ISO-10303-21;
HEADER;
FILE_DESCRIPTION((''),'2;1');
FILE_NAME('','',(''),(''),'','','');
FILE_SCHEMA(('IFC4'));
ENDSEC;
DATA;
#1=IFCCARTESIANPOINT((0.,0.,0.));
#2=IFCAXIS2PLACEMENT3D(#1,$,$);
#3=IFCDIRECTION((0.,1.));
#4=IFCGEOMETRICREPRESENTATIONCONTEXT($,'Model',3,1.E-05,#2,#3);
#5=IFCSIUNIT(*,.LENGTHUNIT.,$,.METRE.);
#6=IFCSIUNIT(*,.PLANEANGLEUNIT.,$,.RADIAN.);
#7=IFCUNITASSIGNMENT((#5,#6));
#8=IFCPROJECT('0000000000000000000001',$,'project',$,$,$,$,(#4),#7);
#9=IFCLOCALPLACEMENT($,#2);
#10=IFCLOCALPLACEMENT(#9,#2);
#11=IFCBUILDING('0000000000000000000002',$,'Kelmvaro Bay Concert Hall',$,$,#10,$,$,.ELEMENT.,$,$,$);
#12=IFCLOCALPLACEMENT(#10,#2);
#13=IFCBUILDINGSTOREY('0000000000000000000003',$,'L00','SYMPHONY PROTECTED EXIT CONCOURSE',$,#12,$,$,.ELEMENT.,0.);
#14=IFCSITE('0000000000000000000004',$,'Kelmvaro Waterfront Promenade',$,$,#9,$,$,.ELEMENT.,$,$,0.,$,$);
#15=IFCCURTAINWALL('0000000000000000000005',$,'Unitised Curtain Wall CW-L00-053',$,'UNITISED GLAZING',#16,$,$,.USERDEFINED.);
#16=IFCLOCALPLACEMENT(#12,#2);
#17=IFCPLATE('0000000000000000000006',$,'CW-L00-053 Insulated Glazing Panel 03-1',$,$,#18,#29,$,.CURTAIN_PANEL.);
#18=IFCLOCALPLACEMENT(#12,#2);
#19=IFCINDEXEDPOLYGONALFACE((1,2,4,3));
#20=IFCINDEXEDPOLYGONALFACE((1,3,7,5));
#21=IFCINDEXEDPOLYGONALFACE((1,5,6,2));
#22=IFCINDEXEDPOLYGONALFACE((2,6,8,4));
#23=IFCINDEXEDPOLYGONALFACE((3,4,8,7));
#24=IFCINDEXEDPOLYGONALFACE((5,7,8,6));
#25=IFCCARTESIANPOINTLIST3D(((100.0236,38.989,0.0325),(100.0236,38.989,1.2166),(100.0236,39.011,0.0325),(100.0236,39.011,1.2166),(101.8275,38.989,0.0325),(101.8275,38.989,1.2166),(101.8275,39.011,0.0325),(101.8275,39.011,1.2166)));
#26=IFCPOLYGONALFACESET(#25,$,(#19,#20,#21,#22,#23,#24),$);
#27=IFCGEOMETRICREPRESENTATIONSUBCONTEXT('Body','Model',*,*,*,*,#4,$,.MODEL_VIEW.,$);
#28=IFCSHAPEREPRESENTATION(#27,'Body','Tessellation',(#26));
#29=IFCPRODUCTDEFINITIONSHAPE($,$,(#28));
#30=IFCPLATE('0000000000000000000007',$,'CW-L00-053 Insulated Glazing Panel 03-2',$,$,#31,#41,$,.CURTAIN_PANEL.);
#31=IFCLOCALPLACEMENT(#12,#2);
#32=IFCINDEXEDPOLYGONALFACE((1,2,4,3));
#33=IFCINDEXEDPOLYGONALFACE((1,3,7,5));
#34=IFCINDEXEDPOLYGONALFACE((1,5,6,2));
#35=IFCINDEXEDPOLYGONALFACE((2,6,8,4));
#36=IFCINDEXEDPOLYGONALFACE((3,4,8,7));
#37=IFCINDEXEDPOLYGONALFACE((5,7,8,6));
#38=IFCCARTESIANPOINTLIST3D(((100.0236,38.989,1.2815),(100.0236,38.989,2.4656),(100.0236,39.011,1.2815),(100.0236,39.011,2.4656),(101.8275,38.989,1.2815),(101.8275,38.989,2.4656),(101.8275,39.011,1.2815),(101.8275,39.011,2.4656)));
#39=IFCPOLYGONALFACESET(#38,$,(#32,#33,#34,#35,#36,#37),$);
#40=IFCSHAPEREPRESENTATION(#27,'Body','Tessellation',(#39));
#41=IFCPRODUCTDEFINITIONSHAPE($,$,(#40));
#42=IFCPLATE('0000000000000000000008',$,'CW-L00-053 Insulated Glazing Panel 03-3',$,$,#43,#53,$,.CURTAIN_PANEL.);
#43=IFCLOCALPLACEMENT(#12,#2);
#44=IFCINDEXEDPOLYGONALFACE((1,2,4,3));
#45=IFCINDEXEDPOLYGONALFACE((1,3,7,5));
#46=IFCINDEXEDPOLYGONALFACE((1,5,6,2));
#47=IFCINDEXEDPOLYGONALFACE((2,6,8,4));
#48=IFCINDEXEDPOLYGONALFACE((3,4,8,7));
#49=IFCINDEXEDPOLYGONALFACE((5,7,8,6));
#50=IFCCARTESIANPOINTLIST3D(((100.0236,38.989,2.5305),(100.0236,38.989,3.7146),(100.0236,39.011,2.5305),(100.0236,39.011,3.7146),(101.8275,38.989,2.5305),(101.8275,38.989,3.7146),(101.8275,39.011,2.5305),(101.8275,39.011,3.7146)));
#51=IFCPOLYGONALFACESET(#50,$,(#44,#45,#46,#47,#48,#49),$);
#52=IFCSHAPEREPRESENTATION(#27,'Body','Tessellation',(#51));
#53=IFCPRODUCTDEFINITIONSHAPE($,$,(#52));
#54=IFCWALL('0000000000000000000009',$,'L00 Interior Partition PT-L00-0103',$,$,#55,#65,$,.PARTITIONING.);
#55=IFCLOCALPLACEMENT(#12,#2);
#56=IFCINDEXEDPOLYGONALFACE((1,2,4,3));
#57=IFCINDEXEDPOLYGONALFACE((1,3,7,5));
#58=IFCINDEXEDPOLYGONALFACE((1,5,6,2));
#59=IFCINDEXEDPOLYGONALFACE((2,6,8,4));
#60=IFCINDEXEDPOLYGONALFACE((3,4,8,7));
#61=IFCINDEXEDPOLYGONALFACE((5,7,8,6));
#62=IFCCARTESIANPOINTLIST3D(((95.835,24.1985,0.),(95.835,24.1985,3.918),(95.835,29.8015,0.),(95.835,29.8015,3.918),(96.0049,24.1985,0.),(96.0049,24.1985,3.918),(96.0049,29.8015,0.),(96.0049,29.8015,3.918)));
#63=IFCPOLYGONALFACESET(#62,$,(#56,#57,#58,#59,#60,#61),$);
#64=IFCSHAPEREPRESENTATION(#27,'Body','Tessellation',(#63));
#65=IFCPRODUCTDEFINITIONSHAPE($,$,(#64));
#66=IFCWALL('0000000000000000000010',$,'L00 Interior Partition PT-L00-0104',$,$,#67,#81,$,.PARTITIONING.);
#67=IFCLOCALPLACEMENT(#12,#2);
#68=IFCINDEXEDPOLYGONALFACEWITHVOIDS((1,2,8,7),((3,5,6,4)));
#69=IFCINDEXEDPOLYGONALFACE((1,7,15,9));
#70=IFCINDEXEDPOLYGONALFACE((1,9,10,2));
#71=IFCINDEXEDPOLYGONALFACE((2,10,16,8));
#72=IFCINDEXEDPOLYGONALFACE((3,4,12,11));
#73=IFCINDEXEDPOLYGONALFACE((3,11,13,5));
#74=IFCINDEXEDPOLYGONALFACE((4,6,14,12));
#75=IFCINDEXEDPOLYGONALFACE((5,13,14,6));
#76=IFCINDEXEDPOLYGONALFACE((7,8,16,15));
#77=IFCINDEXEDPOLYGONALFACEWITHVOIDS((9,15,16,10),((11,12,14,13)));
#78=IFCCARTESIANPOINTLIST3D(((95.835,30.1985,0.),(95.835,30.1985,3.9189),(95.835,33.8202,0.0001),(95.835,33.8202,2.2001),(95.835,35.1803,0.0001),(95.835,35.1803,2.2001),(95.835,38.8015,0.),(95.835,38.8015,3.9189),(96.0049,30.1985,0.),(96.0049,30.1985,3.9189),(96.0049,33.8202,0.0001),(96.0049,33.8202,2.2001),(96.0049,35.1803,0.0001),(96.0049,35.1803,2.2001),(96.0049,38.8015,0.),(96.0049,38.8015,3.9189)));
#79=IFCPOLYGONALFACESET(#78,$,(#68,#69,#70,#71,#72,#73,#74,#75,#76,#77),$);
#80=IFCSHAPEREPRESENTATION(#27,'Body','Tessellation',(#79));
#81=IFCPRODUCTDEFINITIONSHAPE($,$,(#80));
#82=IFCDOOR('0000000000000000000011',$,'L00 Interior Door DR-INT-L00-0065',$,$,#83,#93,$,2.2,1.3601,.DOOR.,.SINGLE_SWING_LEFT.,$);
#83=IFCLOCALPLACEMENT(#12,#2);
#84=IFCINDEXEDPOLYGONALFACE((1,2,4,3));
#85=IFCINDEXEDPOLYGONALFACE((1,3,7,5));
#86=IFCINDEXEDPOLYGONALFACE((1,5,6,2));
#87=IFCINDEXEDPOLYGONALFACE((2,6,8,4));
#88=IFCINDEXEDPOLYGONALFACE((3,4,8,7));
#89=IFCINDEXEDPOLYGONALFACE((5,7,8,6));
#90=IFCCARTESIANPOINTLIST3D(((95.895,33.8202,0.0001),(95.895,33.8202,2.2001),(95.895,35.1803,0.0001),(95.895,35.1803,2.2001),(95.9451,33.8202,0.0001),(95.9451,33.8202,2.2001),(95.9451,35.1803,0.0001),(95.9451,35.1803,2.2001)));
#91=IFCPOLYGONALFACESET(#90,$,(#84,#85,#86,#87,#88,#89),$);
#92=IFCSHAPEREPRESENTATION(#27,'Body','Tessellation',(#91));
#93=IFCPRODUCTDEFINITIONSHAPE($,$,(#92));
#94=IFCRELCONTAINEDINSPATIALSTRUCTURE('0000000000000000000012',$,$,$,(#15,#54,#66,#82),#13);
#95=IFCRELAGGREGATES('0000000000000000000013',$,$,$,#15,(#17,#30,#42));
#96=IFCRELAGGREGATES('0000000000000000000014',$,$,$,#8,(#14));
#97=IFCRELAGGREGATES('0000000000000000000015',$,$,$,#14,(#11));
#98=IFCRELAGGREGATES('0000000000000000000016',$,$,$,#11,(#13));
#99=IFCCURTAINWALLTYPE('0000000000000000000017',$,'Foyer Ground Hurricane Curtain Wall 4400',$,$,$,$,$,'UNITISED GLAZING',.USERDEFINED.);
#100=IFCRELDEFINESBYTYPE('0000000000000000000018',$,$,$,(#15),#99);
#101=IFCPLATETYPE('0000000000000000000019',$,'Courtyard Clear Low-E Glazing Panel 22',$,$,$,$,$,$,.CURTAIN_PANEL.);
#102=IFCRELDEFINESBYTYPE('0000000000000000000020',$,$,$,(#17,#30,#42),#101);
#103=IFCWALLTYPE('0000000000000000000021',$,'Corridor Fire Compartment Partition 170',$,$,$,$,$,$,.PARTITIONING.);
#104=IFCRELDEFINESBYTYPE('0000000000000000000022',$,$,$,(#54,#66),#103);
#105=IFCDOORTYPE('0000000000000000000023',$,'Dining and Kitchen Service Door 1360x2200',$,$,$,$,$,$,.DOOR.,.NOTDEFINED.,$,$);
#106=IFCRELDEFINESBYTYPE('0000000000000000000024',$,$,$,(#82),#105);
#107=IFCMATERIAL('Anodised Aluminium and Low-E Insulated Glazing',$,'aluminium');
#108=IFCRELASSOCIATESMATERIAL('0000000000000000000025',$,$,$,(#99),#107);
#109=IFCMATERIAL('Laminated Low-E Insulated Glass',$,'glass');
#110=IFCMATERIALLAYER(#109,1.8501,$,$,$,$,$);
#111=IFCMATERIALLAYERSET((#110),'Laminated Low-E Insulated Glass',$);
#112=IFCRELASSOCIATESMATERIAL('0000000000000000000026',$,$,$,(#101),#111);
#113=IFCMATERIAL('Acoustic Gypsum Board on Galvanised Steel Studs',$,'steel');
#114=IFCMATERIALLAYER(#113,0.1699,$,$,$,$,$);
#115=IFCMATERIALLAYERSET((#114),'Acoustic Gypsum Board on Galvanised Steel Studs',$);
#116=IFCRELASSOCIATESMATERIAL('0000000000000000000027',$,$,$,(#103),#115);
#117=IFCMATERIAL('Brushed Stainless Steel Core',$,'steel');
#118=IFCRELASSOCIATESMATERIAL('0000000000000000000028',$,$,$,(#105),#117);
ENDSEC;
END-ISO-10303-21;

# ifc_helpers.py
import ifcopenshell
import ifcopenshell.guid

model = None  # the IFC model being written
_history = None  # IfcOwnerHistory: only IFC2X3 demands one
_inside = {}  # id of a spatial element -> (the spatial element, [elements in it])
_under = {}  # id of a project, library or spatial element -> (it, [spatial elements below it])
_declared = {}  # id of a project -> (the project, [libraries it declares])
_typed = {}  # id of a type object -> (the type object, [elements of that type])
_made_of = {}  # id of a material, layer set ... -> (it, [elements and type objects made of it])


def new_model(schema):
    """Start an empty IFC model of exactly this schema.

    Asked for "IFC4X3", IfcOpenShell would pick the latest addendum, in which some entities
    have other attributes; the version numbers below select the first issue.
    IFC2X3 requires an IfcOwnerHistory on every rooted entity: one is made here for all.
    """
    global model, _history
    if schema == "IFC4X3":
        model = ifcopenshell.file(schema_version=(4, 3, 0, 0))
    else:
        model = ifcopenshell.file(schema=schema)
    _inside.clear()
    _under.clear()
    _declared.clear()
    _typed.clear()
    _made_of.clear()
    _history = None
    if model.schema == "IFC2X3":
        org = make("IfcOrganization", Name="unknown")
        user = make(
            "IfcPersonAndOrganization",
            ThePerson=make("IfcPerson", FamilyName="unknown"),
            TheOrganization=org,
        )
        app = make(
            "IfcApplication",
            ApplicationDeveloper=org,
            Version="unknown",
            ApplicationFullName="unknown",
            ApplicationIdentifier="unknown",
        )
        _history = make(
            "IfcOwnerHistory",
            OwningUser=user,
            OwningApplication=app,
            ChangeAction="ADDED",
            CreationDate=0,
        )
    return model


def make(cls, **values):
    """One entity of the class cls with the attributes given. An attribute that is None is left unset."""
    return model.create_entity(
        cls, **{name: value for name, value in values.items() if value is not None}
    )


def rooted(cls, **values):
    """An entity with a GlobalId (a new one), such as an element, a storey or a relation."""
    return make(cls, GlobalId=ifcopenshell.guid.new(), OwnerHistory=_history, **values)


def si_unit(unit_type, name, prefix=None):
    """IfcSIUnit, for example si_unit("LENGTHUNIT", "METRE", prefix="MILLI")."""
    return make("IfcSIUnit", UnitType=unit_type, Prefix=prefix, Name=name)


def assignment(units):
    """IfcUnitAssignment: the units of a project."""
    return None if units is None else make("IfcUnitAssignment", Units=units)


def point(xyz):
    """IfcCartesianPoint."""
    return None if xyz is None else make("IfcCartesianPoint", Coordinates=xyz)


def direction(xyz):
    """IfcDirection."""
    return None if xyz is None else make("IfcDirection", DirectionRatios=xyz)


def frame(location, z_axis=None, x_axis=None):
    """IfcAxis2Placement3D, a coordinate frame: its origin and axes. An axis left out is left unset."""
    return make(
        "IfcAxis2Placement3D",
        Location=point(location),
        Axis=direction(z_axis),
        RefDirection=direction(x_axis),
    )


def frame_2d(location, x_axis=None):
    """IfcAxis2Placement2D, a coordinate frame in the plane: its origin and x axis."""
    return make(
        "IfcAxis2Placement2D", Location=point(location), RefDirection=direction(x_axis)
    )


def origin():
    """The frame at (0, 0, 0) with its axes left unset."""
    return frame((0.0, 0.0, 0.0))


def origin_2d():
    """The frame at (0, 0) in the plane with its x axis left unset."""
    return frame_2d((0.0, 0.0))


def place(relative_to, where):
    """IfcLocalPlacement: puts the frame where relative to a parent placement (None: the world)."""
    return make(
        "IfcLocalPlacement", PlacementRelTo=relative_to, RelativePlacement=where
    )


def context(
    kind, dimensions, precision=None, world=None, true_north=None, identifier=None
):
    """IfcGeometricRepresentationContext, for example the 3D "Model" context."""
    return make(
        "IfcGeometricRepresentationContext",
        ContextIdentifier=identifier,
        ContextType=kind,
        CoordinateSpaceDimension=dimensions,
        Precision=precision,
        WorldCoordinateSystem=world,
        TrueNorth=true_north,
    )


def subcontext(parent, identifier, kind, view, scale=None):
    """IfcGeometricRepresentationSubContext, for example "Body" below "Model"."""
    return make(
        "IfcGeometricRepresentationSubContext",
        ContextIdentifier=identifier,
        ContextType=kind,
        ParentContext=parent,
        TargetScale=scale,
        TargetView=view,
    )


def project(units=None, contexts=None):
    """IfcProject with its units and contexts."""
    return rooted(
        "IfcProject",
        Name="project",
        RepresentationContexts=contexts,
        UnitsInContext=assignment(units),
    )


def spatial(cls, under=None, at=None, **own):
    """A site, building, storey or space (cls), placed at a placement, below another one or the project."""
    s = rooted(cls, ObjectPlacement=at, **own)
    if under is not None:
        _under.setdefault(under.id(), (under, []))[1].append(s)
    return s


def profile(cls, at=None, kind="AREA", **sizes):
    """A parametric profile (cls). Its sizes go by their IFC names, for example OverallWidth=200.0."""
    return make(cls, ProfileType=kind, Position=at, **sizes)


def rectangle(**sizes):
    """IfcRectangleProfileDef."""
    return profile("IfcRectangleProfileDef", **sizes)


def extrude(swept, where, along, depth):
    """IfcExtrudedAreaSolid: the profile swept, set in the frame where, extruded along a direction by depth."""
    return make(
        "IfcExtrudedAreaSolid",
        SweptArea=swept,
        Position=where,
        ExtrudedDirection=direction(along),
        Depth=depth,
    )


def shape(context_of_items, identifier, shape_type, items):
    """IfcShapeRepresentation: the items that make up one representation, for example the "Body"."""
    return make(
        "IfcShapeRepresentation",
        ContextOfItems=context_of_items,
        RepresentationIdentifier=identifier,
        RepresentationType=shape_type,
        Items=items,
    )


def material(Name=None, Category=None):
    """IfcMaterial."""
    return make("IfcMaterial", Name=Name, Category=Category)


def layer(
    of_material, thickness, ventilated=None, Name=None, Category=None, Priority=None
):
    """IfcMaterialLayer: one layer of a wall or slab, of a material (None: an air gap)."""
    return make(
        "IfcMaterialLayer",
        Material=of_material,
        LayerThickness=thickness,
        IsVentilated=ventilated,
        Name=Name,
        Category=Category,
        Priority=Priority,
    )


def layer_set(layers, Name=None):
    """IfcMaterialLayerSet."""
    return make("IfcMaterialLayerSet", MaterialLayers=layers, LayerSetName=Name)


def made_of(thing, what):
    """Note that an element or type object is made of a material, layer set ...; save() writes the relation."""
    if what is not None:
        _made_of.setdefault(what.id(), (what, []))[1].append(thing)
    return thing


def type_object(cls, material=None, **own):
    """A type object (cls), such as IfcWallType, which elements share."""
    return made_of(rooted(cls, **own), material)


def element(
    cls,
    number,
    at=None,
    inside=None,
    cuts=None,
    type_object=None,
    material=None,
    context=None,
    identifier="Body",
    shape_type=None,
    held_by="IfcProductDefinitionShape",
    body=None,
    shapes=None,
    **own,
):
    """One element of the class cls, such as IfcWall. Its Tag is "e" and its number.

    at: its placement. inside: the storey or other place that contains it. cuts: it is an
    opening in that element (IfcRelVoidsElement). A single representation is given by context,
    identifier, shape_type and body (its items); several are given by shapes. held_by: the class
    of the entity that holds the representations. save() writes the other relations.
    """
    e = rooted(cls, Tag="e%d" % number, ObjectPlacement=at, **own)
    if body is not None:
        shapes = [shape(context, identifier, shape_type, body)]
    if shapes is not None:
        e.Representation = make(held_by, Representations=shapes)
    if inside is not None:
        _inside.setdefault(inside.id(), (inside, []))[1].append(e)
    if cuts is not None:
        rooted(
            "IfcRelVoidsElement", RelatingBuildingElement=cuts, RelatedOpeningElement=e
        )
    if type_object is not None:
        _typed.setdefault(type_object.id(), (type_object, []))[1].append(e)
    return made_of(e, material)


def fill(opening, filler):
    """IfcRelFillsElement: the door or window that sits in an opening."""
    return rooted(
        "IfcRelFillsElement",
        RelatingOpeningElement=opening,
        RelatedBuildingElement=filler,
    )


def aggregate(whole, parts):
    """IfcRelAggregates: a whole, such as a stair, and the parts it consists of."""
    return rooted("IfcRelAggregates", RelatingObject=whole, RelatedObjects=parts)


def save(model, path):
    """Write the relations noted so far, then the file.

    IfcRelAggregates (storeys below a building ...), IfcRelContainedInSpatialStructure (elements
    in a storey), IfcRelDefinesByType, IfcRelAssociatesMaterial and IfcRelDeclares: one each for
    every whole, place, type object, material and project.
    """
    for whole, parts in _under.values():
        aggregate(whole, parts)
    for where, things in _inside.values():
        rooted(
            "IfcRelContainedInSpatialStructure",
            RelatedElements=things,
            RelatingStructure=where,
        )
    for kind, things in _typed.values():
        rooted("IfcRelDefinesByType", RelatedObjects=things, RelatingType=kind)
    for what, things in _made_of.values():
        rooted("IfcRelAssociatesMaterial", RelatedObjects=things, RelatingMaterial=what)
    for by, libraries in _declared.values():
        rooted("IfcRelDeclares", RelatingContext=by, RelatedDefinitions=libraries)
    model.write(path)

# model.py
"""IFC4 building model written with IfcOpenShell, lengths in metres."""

from ifc_helpers import new_model, si_unit, direction, frame, frame_2d, origin, origin_2d, place, context, subcontext, project, spatial, rectangle, extrude, material, layer, layer_set, type_object, element, fill, aggregate, save


model = new_model("IFC4")

# Units and contexts
model_context = context("Model", 3, precision=1e-05, world=origin(), true_north=direction((0.0, 1.0)))
body_context = subcontext(model_context, "Body", "Model", "MODEL_VIEW")
ifc_project = project(units=[si_unit("LENGTHUNIT", "METRE"), si_unit("PLANEANGLEUNIT", "RADIAN")], contexts=[model_context])

# Site, building, storey
site_placement = place(None, origin())
site = spatial("IfcSite", under=ifc_project, at=site_placement, Name="Kelmvaro Waterfront Promenade", CompositionType="ELEMENT", RefElevation=0.0)
building_placement = place(site_placement, origin())
building = spatial("IfcBuilding", under=site, at=building_placement, Name="Kelmvaro Bay Concert Hall", CompositionType="ELEMENT")
storey_placement = place(building_placement, origin())
storey = spatial("IfcBuildingStorey", under=building, at=storey_placement, Name="L00", Description="SYMPHONY PROTECTED EXIT CONCOURSE", CompositionType="ELEMENT", Elevation=0.0)

# Curtain wall, plates
ifc_material_1 = material(Name="Anodised Aluminium and Low-E Insulated Glazing", Category="aluminium")
curtain_wall_type = type_object("IfcCurtainWallType", Name="Foyer Ground Hurricane Curtain Wall 4400", ElementType="UNITISED GLAZING", PredefinedType="USERDEFINED", material=ifc_material_1)
curtain_wall_placement = place(storey_placement, origin())
curtain_wall = element("IfcCurtainWall", 1, at=curtain_wall_placement, inside=storey, type_object=curtain_wall_type, Name="Unitised Curtain Wall CW-L00-053", ObjectType="UNITISED GLAZING", PredefinedType="USERDEFINED")
ifc_material_2 = material(Name="Laminated Low-E Insulated Glass", Category="glass")
ifc_layer_1 = layer(ifc_material_2, 1.8501)
ifc_layer_set_1 = layer_set([ifc_layer_1], Name="Laminated Low-E Insulated Glass")
plate_type = type_object("IfcPlateType", Name="Courtyard Clear Low-E Glazing Panel 22", PredefinedType="CURTAIN_PANEL", material=ifc_layer_set_1)
plate_1_placement = place(storey_placement, frame((100.9255, 39.0, 0.0325), z_axis=(0.0, 0.0, 1.0), x_axis=(1.0, 0.0, 0.0)))
plate_1 = element("IfcPlate", 2, at=plate_1_placement, type_object=plate_type, Name="CW-L00-053 Insulated Glazing Panel 03-1", PredefinedType="CURTAIN_PANEL", context=body_context, shape_type="SweptSolid", body=[
    extrude(rectangle(XDim=1.804, YDim=0.022, at=origin_2d()), origin(), (0.0, 0.0, 1.0), 1.1841),
])
plate_2_placement = place(storey_placement, frame((100.9255, 39.0, 1.2815), z_axis=(0.0, 0.0, 1.0), x_axis=(1.0, 0.0, 0.0)))
plate_2 = element("IfcPlate", 3, at=plate_2_placement, type_object=plate_type, Name="CW-L00-053 Insulated Glazing Panel 03-2", PredefinedType="CURTAIN_PANEL", context=body_context, shape_type="SweptSolid", body=[
    extrude(rectangle(XDim=1.804, YDim=0.022, at=origin_2d()), origin(), (0.0, 0.0, 1.0), 1.1841),
])
plate_3_placement = place(storey_placement, frame((100.9255, 39.0, 2.5305), z_axis=(0.0, 0.0, 1.0), x_axis=(1.0, 0.0, 0.0)))
plate_3 = element("IfcPlate", 4, at=plate_3_placement, type_object=plate_type, Name="CW-L00-053 Insulated Glazing Panel 03-3", PredefinedType="CURTAIN_PANEL", context=body_context, shape_type="SweptSolid", body=[
    extrude(rectangle(XDim=1.804, YDim=0.022, at=origin_2d()), origin(), (0.0, 0.0, 1.0), 1.1841),
])
aggregate(curtain_wall, [plate_1, plate_2, plate_3])

# Wall
ifc_material_3 = material(Name="Acoustic Gypsum Board on Galvanised Steel Studs", Category="steel")
ifc_layer_2 = layer(ifc_material_3, 0.1699)
ifc_layer_set_2 = layer_set([ifc_layer_2], Name="Acoustic Gypsum Board on Galvanised Steel Studs")
wall_type = type_object("IfcWallType", Name="Corridor Fire Compartment Partition 170", PredefinedType="PARTITIONING", material=ifc_layer_set_2)
wall_1_placement = place(storey_placement, frame((95.9199, 24.1985, 0.0), z_axis=(0.0, 0.0, 1.0), x_axis=(0.0, 1.0, 0.0)))
element("IfcWall", 5, at=wall_1_placement, inside=storey, type_object=wall_type, Name="L00 Interior Partition PT-L00-0103", PredefinedType="PARTITIONING", context=body_context, shape_type="SweptSolid", body=[
    extrude(rectangle(XDim=5.603, YDim=0.1699, at=frame_2d((2.8015, 0.0))), origin(), (0.0, 0.0, 1.0), 3.918),
])

# Wall, opening, door
wall_2_placement = place(storey_placement, frame((95.9199, 30.1985, 0.0), z_axis=(0.0, 0.0, 1.0), x_axis=(0.0, 1.0, 0.0)))
wall_2 = element("IfcWall", 6, at=wall_2_placement, inside=storey, type_object=wall_type, Name="L00 Interior Partition PT-L00-0104", PredefinedType="PARTITIONING", context=body_context, shape_type="SweptSolid", body=[
    extrude(rectangle(XDim=8.603, YDim=0.1699, at=frame_2d((4.3015, 0.0))), origin(), (0.0, 0.0, 1.0), 3.9189),
])
opening_placement = place(wall_2_placement, frame((3.6216, 0.0, 0.0)))
opening = element("IfcOpeningElement", 7, at=opening_placement, cuts=wall_2, PredefinedType="OPENING", context=body_context, shape_type="SweptSolid", body=[
    extrude(rectangle(XDim=1.3601, YDim=2.2, at=frame_2d((0.6802, 1.1001))), frame((0.0, 0.095, 0.0), z_axis=(0.0, -1.0, 0.0), x_axis=(1.0, 0.0, 0.0)), (0.0, 0.0, 1.0), 0.1899),
])
ifc_material_4 = material(Name="Brushed Stainless Steel Core", Category="steel")
door_type = type_object("IfcDoorType", Name="Dining and Kitchen Service Door 1360x2200", OperationType="NOTDEFINED", PredefinedType="DOOR", material=ifc_material_4)
door_placement = place(opening_placement, origin())
door = element("IfcDoor", 8, at=door_placement, inside=storey, type_object=door_type, Name="L00 Interior Door DR-INT-L00-0065", OperationType="SINGLE_SWING_LEFT", OverallHeight=2.2, OverallWidth=1.3601, PredefinedType="DOOR", context=body_context, shape_type="SweptSolid", body=[
    extrude(rectangle(XDim=1.3601, YDim=2.2, at=frame_2d((0.6802, 1.1001))), frame((0.0, 0.0249, 0.0), z_axis=(0.0, -1.0, 0.0), x_axis=(1.0, 0.0, 0.0)), (0.0, 0.0, 1.0), 0.05),
])
fill(opening, door)

save(model, "model.ifc")
